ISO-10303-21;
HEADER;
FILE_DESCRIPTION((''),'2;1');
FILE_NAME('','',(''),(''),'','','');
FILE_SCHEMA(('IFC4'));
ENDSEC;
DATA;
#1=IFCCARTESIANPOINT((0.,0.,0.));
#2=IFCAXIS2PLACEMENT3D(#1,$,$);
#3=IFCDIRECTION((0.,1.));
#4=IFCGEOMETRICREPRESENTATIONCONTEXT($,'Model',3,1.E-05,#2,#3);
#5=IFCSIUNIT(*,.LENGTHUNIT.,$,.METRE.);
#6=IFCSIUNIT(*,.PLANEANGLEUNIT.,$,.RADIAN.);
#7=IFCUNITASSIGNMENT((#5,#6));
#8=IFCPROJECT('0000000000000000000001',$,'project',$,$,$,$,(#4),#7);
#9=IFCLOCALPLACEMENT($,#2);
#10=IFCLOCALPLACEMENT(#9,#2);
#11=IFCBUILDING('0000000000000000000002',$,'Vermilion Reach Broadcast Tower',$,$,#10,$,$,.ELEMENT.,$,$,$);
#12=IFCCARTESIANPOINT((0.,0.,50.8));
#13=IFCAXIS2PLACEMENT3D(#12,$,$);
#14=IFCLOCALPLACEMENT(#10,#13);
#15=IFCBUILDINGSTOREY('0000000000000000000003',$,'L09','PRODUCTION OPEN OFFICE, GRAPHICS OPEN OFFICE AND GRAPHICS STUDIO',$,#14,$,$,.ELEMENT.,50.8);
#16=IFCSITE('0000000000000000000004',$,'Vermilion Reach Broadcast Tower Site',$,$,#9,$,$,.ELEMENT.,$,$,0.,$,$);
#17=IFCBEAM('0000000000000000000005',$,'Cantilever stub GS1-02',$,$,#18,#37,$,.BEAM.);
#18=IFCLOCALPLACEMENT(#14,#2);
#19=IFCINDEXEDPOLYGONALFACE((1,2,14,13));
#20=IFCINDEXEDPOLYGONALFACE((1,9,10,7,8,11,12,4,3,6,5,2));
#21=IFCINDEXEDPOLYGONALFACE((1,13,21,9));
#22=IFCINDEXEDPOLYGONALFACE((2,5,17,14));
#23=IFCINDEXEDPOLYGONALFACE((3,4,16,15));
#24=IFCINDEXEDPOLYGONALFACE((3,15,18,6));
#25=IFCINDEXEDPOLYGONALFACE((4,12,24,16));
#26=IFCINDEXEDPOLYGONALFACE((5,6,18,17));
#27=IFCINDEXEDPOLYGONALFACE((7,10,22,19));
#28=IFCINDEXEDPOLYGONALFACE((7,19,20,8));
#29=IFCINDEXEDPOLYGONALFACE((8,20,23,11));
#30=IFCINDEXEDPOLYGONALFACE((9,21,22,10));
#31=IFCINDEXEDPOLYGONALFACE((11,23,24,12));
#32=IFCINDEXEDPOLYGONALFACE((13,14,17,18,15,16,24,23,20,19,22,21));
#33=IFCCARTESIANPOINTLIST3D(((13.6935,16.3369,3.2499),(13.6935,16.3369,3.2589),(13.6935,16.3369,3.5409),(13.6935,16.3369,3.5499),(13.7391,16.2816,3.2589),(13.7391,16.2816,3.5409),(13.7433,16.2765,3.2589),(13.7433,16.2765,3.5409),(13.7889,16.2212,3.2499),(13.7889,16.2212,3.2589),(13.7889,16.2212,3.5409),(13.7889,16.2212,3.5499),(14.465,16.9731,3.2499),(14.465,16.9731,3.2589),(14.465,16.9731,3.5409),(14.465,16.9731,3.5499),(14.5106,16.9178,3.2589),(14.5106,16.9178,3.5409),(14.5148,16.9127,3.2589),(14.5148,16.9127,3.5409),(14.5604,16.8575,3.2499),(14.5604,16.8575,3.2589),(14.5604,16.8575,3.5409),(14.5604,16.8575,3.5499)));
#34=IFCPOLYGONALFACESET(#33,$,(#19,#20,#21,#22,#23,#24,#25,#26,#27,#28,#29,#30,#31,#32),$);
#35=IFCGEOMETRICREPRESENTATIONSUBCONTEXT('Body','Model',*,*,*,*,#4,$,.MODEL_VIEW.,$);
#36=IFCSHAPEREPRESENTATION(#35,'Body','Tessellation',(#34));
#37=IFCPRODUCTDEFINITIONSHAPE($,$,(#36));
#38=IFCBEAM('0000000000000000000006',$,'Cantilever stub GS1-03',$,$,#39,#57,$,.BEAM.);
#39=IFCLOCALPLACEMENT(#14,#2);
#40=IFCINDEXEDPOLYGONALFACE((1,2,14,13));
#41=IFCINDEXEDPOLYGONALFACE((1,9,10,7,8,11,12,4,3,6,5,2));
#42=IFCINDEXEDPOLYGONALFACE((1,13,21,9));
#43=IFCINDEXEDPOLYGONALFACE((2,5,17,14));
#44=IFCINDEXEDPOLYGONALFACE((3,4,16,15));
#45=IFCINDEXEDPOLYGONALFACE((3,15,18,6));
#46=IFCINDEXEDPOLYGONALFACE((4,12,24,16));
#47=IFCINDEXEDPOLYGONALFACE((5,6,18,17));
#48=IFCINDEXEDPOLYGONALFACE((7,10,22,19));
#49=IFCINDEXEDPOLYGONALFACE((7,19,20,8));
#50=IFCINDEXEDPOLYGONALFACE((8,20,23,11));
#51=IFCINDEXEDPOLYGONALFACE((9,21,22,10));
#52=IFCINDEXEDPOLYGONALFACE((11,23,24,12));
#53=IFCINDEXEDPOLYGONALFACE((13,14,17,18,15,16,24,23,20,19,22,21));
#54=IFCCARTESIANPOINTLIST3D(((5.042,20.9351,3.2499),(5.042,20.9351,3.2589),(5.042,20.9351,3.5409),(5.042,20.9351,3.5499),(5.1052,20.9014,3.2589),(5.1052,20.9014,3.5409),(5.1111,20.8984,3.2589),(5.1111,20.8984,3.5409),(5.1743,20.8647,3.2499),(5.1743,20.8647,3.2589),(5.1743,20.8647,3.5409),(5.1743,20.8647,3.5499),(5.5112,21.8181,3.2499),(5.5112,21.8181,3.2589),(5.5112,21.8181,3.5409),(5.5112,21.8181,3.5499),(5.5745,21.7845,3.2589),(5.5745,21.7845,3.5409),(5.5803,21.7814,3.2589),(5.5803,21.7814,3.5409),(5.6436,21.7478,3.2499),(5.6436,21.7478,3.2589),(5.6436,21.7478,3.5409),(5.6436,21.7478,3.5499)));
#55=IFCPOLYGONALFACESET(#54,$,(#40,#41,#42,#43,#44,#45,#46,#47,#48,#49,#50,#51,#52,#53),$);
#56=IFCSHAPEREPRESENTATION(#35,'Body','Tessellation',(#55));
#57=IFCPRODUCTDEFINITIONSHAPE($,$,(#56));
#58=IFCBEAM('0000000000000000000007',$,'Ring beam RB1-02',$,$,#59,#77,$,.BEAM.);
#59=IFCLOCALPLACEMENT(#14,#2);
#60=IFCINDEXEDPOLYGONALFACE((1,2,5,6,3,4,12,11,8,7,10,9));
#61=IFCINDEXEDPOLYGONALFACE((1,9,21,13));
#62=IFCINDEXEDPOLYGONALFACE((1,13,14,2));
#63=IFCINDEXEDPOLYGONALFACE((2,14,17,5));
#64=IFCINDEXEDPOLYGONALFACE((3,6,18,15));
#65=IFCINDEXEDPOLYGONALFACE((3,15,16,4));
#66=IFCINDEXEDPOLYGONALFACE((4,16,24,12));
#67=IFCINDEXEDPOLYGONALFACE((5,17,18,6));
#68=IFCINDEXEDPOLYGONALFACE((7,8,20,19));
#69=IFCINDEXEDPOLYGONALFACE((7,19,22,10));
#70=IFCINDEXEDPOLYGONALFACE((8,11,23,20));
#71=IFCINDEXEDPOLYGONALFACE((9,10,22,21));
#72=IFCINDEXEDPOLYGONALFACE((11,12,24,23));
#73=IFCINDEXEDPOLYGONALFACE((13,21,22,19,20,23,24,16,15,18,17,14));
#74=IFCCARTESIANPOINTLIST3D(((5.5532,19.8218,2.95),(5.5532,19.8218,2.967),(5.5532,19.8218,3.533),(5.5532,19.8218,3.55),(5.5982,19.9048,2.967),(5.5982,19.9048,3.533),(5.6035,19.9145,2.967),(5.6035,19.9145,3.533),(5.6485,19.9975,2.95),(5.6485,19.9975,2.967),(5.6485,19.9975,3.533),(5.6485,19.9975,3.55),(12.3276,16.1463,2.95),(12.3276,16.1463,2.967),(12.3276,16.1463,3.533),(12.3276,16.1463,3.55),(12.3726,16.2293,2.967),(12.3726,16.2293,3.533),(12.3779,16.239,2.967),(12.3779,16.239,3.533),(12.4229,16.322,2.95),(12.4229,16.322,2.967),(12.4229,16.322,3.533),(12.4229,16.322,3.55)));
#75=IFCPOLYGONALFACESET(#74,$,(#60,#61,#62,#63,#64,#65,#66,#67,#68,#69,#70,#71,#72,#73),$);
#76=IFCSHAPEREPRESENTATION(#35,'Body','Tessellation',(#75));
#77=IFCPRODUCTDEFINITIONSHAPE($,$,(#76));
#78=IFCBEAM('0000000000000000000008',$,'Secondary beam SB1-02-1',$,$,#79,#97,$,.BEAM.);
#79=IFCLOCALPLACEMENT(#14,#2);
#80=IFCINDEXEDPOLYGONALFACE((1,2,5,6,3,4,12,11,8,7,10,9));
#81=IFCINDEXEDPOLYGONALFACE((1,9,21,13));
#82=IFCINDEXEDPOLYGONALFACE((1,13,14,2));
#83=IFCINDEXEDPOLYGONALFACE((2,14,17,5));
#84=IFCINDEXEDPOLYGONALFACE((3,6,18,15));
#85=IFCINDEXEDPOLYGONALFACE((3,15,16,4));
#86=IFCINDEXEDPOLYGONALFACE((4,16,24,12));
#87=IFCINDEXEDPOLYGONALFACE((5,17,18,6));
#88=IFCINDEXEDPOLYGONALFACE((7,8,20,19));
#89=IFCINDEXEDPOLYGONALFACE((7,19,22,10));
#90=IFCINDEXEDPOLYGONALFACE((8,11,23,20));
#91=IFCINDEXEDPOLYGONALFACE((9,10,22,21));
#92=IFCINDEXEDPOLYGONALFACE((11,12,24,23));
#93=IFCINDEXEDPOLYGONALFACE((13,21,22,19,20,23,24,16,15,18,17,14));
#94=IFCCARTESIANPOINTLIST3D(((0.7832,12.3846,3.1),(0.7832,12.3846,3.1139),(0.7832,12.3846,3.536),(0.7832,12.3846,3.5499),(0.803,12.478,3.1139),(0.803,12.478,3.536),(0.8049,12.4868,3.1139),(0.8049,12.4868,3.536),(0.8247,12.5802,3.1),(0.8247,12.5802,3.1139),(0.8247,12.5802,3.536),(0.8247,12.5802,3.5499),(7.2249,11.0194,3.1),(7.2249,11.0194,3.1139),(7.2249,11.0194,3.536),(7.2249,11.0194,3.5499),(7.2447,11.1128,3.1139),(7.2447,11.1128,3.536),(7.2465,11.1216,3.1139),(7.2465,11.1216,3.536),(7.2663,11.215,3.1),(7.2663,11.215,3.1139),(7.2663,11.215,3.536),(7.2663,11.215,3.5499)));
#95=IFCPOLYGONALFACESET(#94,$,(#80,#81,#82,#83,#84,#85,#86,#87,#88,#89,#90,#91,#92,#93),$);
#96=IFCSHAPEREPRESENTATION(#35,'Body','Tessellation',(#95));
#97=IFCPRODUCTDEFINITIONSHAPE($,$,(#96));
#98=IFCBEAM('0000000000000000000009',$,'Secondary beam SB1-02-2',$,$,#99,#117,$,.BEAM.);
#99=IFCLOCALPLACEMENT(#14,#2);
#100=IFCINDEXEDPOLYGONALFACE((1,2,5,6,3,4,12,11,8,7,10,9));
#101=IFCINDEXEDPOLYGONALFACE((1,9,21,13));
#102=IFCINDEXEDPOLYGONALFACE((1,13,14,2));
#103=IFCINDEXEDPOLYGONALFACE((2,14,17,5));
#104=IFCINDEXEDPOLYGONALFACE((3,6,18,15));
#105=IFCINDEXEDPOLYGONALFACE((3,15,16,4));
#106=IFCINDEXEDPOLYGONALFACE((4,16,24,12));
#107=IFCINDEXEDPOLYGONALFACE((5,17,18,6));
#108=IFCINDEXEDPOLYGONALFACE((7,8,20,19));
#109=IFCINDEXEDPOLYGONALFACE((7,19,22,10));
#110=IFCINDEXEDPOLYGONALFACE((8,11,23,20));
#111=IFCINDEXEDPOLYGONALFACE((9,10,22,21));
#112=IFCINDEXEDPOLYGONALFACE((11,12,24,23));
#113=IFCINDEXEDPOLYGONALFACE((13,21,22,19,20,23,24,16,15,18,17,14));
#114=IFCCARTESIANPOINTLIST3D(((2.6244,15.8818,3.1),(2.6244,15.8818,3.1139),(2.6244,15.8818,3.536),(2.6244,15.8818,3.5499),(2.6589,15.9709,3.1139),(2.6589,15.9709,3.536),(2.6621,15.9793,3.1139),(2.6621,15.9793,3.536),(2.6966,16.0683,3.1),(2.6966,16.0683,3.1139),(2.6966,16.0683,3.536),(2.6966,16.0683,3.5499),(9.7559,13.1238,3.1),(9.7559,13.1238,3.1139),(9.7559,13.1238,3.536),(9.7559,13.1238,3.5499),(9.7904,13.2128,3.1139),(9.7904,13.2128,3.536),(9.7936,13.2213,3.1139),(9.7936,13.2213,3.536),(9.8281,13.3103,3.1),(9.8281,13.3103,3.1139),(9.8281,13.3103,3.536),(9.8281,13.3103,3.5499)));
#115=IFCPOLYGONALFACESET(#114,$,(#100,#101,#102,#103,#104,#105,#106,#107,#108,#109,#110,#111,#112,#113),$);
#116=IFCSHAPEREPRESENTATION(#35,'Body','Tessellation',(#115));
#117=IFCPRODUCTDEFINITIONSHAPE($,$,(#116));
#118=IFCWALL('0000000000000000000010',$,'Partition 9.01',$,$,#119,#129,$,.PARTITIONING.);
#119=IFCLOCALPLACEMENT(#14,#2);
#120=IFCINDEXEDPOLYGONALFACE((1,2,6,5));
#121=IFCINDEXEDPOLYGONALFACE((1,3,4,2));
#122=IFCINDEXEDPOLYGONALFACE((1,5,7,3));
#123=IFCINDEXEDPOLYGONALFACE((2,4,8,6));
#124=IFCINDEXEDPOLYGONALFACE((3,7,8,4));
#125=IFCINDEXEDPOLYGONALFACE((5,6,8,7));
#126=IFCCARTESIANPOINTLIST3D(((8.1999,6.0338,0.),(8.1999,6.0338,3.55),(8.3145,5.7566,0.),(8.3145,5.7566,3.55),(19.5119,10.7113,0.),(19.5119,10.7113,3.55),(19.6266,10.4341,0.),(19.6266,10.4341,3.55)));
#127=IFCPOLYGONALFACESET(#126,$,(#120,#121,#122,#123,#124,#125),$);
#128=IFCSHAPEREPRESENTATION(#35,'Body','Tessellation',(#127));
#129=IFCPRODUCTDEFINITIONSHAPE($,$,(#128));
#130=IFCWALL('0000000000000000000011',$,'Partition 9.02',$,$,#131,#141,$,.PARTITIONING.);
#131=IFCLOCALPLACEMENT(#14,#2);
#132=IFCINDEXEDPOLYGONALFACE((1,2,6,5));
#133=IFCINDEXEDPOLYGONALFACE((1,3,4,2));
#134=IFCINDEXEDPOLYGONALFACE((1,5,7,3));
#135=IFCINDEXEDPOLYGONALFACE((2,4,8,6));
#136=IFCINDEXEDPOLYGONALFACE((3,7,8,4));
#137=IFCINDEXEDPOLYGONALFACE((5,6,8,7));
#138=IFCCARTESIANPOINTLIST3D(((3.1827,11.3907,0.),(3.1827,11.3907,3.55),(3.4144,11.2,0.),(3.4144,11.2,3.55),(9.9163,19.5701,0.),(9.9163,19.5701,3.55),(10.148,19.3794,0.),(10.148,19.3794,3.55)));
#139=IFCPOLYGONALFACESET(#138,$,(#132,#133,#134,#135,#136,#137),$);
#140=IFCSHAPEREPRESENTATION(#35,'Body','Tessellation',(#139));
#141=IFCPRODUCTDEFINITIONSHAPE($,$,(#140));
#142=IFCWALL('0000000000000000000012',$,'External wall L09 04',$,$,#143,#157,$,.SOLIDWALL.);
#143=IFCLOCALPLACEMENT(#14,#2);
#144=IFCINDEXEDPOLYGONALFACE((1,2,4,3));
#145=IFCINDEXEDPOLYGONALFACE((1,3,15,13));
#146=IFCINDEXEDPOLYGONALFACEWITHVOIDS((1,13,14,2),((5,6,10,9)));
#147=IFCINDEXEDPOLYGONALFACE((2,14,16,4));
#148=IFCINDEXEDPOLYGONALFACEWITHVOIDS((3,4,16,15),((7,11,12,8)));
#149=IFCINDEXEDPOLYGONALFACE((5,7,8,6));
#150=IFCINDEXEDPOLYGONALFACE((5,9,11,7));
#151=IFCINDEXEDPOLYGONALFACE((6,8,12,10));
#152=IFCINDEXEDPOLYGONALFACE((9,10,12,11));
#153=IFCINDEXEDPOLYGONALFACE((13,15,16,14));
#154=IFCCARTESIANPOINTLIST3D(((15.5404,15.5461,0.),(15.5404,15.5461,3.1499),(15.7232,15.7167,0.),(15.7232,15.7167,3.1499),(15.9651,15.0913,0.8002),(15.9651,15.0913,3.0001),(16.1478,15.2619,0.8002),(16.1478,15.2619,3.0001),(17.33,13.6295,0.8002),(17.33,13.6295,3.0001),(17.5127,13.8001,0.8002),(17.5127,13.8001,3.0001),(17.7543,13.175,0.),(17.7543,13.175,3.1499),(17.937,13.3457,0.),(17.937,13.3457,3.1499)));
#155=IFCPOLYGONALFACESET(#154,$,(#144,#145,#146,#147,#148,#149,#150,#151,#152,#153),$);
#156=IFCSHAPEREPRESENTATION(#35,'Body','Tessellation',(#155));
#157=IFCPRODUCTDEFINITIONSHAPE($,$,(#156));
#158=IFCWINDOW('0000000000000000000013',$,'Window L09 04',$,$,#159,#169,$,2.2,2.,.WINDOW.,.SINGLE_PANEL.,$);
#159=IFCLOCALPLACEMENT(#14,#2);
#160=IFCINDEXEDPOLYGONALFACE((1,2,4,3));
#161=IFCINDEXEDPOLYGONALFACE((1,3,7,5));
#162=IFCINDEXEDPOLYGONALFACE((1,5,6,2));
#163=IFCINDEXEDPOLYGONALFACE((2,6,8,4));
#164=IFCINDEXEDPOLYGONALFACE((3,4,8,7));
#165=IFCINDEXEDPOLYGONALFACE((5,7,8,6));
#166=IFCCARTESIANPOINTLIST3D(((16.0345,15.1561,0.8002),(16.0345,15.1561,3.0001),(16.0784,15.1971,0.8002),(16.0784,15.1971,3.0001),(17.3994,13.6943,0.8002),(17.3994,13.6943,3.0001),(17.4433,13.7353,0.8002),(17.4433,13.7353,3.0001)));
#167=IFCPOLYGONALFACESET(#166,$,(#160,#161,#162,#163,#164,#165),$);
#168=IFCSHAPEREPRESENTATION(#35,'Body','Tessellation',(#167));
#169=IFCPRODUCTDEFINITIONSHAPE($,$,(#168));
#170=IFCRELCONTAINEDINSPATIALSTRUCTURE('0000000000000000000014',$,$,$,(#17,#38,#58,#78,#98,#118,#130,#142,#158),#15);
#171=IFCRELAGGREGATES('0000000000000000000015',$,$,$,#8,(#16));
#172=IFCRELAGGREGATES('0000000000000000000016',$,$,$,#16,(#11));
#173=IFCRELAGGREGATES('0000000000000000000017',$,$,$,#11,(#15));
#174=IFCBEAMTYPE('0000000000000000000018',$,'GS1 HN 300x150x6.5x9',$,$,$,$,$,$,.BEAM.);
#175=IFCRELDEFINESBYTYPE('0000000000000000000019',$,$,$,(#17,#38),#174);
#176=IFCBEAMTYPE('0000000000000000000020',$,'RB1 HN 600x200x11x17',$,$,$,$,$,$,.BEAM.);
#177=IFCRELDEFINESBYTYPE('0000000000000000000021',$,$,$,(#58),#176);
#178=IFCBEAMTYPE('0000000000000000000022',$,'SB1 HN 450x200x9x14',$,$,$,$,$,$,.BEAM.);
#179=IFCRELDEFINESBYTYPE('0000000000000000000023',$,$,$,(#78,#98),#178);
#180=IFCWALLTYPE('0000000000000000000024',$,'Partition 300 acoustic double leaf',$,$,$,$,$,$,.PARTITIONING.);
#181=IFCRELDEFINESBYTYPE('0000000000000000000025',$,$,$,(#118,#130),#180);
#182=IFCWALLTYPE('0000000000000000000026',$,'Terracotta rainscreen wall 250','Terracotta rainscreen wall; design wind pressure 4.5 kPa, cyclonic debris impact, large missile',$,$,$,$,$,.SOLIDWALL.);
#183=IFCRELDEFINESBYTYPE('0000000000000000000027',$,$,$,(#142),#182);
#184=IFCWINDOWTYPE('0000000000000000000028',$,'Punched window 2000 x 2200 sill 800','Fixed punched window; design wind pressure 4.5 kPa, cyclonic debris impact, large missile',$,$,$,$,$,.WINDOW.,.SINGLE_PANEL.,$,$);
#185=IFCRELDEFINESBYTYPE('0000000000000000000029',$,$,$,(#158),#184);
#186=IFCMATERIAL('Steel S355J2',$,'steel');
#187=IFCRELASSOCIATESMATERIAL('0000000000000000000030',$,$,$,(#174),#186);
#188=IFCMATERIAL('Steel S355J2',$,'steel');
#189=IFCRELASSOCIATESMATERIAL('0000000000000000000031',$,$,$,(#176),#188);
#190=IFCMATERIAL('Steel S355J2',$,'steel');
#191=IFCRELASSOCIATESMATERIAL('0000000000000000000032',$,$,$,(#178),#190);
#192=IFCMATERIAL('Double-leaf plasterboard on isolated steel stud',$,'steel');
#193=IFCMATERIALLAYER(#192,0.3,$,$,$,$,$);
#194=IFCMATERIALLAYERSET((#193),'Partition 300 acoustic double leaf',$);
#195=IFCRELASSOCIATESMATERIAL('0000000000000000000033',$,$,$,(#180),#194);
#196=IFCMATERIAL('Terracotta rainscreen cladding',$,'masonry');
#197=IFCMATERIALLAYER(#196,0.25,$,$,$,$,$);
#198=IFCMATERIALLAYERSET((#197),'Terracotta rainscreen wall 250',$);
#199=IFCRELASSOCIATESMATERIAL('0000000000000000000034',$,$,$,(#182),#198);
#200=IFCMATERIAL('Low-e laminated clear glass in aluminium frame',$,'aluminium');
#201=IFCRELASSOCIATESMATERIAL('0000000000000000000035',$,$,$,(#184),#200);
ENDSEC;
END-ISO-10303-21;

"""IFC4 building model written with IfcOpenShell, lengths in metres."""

from ifc_helpers import new_model, si_unit, direction, frame, frame_2d, origin, origin_2d, place, context, subcontext, project, spatial, rectangle, i_section, extrude, material, layer, layer_set, material_profile, profile_set, type_object, element, fill, save


model = new_model("IFC4")

# Units and contexts
model_context = context("Model", 3, precision=1e-05, world=origin(), true_north=direction((0.0, 1.0)))
body_context = subcontext(model_context, "Body", "Model", "MODEL_VIEW")
ifc_project = project(units=[si_unit("LENGTHUNIT", "METRE"), si_unit("PLANEANGLEUNIT", "RADIAN")], contexts=[model_context])

# Site, building, storey
site_placement = place(None, origin())
site = spatial("IfcSite", under=ifc_project, at=site_placement, Name="Vermilion Reach Broadcast Tower Site", CompositionType="ELEMENT", RefElevation=0.0)
building_placement = place(site_placement, origin())
building = spatial("IfcBuilding", under=site, at=building_placement, Name="Vermilion Reach Broadcast Tower", CompositionType="ELEMENT")
storey_placement = place(building_placement, frame((0.0, 0.0, 50.8)))
storey = spatial("IfcBuildingStorey", under=building, at=storey_placement, Name="L09", Description="PRODUCTION OPEN OFFICE, GRAPHICS OPEN OFFICE AND GRAPHICS STUDIO", CompositionType="ELEMENT", Elevation=50.8)

# Beams
ifc_material_1 = material(Name="Steel S355J2", Category="steel")
ifc_material_profile_1 = material_profile(ifc_material_1, i_section(OverallWidth=0.1499, OverallDepth=0.3, WebThickness=0.0066, FlangeThickness=0.009, at=origin_2d()), Name="S355J2 HN 300x150x6.5x9")
ifc_profile_set_1 = profile_set([ifc_material_profile_1], Name="Steel S355J2")
beam_type_1 = type_object("IfcBeamType", Name="GS1 HN 300x150x6.5x9", PredefinedType="BEAM", material=ifc_profile_set_1)
for number, where, z_axis, x_axis, name in (
    (1, (13.7412, 16.2791, 3.3999), (0.771493, 0.636238, 0.0), (-0.636238, 0.771493, 0.0), "Cantilever stub GS1-02"),
    (2, (5.1082, 20.8999, 3.3999), (0.469244, 0.883068, 0.0), (-0.883068, 0.469244, 0.0), "Cantilever stub GS1-03"),
):
    element("IfcBeam", number, at=place(storey_placement, frame(where, z_axis=z_axis, x_axis=x_axis)), inside=storey, type_object=beam_type_1, Name=name, PredefinedType="BEAM", context=body_context, shape_type="SweptSolid", body=[
        extrude(i_section(OverallWidth=0.1499, OverallDepth=0.3, WebThickness=0.0066, FlangeThickness=0.009, at=origin_2d()), origin(), (0.0, 0.0, 1.0), 1.0),
    ])
ifc_material_2 = material(Name="Steel S355J2", Category="steel")
ifc_material_profile_2 = material_profile(ifc_material_2, i_section(OverallWidth=0.2, OverallDepth=0.6001, WebThickness=0.011, FlangeThickness=0.0171, at=origin_2d()), Name="S355J2 HN 600x200x11x17")
ifc_profile_set_2 = profile_set([ifc_material_profile_2], Name="Steel S355J2")
beam_type_2 = type_object("IfcBeamType", Name="RB1 HN 600x200x11x17", PredefinedType="BEAM", material=ifc_profile_set_2)
beam_1_placement = place(storey_placement, frame((12.3752, 16.2341, 3.25), z_axis=(-0.878962, 0.476891, 0.0), x_axis=(-0.476891, -0.878962, 0.0)))
element("IfcBeam", 3, at=beam_1_placement, inside=storey, type_object=beam_type_2, Name="Ring beam RB1-02", PredefinedType="BEAM", context=body_context, shape_type="SweptSolid", body=[
    extrude(i_section(OverallWidth=0.2, OverallDepth=0.6001, WebThickness=0.011, FlangeThickness=0.0171, at=origin_2d()), origin(), (0.0, 0.0, 1.0), 7.7073),
])
ifc_material_3 = material(Name="Steel S355J2", Category="steel")
ifc_material_profile_3 = material_profile(ifc_material_3, i_section(OverallWidth=0.2, OverallDepth=0.45, WebThickness=0.009, FlangeThickness=0.0139, at=origin_2d()), Name="S355J2 HN 450x200x9x14")
ifc_profile_set_3 = profile_set([ifc_material_profile_3], Name="Steel S355J2")
beam_type_3 = type_object("IfcBeamType", Name="SB1 HN 450x200x9x14", PredefinedType="BEAM", material=ifc_profile_set_3)
beam_2_placement = place(storey_placement, frame((7.2456, 11.1172, 3.325), z_axis=(-0.97827, 0.207333, 0.0), x_axis=(-0.207333, -0.97827, 0.0)))
element("IfcBeam", 4, at=beam_2_placement, inside=storey, type_object=beam_type_3, Name="Secondary beam SB1-02-1", PredefinedType="BEAM", context=body_context, shape_type="SweptSolid", body=[
    extrude(i_section(OverallWidth=0.2, OverallDepth=0.45, WebThickness=0.009, FlangeThickness=0.0139, at=origin_2d()), origin(), (0.0, 0.0, 1.0), 6.5847),
])
beam_3_placement = place(storey_placement, frame((9.792, 13.217, 3.325), z_axis=(-0.932681, 0.360703, 0.0), x_axis=(-0.360703, -0.932681, 0.0)))
element("IfcBeam", 5, at=beam_3_placement, inside=storey, type_object=beam_type_3, Name="Secondary beam SB1-02-2", PredefinedType="BEAM", context=body_context, shape_type="SweptSolid", body=[
    extrude(i_section(OverallWidth=0.2, OverallDepth=0.45, WebThickness=0.009, FlangeThickness=0.0139, at=origin_2d()), origin(), (0.0, 0.0, 1.0), 7.6462),
])

# Walls
ifc_material_4 = material(Name="Double-leaf plasterboard on isolated steel stud", Category="steel")
ifc_layer_1 = layer(ifc_material_4, 0.3)
ifc_layer_set_1 = layer_set([ifc_layer_1], Name="Partition 300 acoustic double leaf")
wall_type_1 = type_object("IfcWallType", Name="Partition 300 acoustic double leaf", PredefinedType="PARTITIONING", material=ifc_layer_set_1)
wall_1_placement = place(storey_placement, frame((19.5693, 10.5728, 0.0), z_axis=(0.0, 0.0, 1.0), x_axis=(-0.924113, -0.382119, 0.0)))
element("IfcWall", 6, at=wall_1_placement, inside=storey, type_object=wall_type_1, Name="Partition 9.01", PredefinedType="PARTITIONING", context=body_context, shape_type="SweptSolid", body=[
    extrude(rectangle(XDim=12.241, YDim=0.3, at=frame_2d((6.1206, 0.0))), origin(), (0.0, 0.0, 1.0), 3.55),
])
wall_2_placement = place(storey_placement, frame((10.0322, 19.4749, 0.0), z_axis=(0.0, 0.0, 1.0), x_axis=(-0.635574, -0.77204, 0.0)))
element("IfcWall", 7, at=wall_2_placement, inside=storey, type_object=wall_type_1, Name="Partition 9.02", PredefinedType="PARTITIONING", context=body_context, shape_type="SweptSolid", body=[
    extrude(rectangle(XDim=10.5945, YDim=0.3, at=frame_2d((5.2974, 0.0))), origin(), (0.0, 0.0, 1.0), 3.55),
])

# Shared definitions
ifc_material_5 = material(Name="Terracotta rainscreen cladding", Category="masonry")
ifc_layer_2 = layer(ifc_material_5, 0.25)
ifc_layer_set_2 = layer_set([ifc_layer_2], Name="Terracotta rainscreen wall 250")
wall_type_2 = type_object("IfcWallType", Name="Terracotta rainscreen wall 250", Description="Terracotta rainscreen wall; design wind pressure 4.5 kPa, cyclonic debris impact, large missile", PredefinedType="SOLIDWALL", material=ifc_layer_set_2)

# Wall, opening, window
wall_3_placement = place(storey_placement, frame((17.8457, 13.2603, 0.0), z_axis=(0.0, 0.0, 1.0), x_axis=(-0.682458, 0.730925, 0.0)))
wall_3 = element("IfcWall", 8, at=wall_3_placement, inside=storey, type_object=wall_type_2, Name="External wall L09 04", PredefinedType="SOLIDWALL", context=body_context, shape_type="SweptSolid", body=[
    extrude(rectangle(XDim=3.2439, YDim=0.25, at=frame_2d((1.6221, 0.0))), origin(), (0.0, 0.0, 1.0), 3.1499),
])
opening_1_placement = place(wall_3_placement, frame((0.6218, 0.0, 0.8)))
opening_1 = element("IfcOpeningElement", 9, at=opening_1_placement, cuts=wall_3, PredefinedType="OPENING", context=body_context, shape_type="SweptSolid", body=[
    extrude(rectangle(XDim=2.0, YDim=2.2, at=frame_2d((1.0, 1.1001))), frame((0.0, 0.135, 0.0), z_axis=(0.0, -1.0, 0.0), x_axis=(1.0, 0.0, 0.0)), (0.0, 0.0, 1.0), 0.27),
])
ifc_material_6 = material(Name="Low-e laminated clear glass in aluminium frame", Category="aluminium")
window_type = type_object("IfcWindowType", Name="Punched window 2000 x 2200 sill 800", Description="Fixed punched window; design wind pressure 4.5 kPa, cyclonic debris impact, large missile", PartitioningType="SINGLE_PANEL", PredefinedType="WINDOW", material=ifc_material_6)
window_1_placement = place(opening_1_placement, origin())
window_1 = element("IfcWindow", 10, at=window_1_placement, inside=storey, type_object=window_type, Name="Window L09 04", OverallHeight=2.2, OverallWidth=2.0, PartitioningType="SINGLE_PANEL", PredefinedType="WINDOW", context=body_context, shape_type="SweptSolid", body=[
    extrude(rectangle(XDim=2.0, YDim=2.2, at=frame_2d((1.0, 1.1001))), frame((0.0, 0.03, 0.0), z_axis=(0.0, -1.0, 0.0), x_axis=(1.0, 0.0, 0.0)), (0.0, 0.0, 1.0), 0.0601),
])
fill(opening_1, window_1)

save(model, "model.ifc")
